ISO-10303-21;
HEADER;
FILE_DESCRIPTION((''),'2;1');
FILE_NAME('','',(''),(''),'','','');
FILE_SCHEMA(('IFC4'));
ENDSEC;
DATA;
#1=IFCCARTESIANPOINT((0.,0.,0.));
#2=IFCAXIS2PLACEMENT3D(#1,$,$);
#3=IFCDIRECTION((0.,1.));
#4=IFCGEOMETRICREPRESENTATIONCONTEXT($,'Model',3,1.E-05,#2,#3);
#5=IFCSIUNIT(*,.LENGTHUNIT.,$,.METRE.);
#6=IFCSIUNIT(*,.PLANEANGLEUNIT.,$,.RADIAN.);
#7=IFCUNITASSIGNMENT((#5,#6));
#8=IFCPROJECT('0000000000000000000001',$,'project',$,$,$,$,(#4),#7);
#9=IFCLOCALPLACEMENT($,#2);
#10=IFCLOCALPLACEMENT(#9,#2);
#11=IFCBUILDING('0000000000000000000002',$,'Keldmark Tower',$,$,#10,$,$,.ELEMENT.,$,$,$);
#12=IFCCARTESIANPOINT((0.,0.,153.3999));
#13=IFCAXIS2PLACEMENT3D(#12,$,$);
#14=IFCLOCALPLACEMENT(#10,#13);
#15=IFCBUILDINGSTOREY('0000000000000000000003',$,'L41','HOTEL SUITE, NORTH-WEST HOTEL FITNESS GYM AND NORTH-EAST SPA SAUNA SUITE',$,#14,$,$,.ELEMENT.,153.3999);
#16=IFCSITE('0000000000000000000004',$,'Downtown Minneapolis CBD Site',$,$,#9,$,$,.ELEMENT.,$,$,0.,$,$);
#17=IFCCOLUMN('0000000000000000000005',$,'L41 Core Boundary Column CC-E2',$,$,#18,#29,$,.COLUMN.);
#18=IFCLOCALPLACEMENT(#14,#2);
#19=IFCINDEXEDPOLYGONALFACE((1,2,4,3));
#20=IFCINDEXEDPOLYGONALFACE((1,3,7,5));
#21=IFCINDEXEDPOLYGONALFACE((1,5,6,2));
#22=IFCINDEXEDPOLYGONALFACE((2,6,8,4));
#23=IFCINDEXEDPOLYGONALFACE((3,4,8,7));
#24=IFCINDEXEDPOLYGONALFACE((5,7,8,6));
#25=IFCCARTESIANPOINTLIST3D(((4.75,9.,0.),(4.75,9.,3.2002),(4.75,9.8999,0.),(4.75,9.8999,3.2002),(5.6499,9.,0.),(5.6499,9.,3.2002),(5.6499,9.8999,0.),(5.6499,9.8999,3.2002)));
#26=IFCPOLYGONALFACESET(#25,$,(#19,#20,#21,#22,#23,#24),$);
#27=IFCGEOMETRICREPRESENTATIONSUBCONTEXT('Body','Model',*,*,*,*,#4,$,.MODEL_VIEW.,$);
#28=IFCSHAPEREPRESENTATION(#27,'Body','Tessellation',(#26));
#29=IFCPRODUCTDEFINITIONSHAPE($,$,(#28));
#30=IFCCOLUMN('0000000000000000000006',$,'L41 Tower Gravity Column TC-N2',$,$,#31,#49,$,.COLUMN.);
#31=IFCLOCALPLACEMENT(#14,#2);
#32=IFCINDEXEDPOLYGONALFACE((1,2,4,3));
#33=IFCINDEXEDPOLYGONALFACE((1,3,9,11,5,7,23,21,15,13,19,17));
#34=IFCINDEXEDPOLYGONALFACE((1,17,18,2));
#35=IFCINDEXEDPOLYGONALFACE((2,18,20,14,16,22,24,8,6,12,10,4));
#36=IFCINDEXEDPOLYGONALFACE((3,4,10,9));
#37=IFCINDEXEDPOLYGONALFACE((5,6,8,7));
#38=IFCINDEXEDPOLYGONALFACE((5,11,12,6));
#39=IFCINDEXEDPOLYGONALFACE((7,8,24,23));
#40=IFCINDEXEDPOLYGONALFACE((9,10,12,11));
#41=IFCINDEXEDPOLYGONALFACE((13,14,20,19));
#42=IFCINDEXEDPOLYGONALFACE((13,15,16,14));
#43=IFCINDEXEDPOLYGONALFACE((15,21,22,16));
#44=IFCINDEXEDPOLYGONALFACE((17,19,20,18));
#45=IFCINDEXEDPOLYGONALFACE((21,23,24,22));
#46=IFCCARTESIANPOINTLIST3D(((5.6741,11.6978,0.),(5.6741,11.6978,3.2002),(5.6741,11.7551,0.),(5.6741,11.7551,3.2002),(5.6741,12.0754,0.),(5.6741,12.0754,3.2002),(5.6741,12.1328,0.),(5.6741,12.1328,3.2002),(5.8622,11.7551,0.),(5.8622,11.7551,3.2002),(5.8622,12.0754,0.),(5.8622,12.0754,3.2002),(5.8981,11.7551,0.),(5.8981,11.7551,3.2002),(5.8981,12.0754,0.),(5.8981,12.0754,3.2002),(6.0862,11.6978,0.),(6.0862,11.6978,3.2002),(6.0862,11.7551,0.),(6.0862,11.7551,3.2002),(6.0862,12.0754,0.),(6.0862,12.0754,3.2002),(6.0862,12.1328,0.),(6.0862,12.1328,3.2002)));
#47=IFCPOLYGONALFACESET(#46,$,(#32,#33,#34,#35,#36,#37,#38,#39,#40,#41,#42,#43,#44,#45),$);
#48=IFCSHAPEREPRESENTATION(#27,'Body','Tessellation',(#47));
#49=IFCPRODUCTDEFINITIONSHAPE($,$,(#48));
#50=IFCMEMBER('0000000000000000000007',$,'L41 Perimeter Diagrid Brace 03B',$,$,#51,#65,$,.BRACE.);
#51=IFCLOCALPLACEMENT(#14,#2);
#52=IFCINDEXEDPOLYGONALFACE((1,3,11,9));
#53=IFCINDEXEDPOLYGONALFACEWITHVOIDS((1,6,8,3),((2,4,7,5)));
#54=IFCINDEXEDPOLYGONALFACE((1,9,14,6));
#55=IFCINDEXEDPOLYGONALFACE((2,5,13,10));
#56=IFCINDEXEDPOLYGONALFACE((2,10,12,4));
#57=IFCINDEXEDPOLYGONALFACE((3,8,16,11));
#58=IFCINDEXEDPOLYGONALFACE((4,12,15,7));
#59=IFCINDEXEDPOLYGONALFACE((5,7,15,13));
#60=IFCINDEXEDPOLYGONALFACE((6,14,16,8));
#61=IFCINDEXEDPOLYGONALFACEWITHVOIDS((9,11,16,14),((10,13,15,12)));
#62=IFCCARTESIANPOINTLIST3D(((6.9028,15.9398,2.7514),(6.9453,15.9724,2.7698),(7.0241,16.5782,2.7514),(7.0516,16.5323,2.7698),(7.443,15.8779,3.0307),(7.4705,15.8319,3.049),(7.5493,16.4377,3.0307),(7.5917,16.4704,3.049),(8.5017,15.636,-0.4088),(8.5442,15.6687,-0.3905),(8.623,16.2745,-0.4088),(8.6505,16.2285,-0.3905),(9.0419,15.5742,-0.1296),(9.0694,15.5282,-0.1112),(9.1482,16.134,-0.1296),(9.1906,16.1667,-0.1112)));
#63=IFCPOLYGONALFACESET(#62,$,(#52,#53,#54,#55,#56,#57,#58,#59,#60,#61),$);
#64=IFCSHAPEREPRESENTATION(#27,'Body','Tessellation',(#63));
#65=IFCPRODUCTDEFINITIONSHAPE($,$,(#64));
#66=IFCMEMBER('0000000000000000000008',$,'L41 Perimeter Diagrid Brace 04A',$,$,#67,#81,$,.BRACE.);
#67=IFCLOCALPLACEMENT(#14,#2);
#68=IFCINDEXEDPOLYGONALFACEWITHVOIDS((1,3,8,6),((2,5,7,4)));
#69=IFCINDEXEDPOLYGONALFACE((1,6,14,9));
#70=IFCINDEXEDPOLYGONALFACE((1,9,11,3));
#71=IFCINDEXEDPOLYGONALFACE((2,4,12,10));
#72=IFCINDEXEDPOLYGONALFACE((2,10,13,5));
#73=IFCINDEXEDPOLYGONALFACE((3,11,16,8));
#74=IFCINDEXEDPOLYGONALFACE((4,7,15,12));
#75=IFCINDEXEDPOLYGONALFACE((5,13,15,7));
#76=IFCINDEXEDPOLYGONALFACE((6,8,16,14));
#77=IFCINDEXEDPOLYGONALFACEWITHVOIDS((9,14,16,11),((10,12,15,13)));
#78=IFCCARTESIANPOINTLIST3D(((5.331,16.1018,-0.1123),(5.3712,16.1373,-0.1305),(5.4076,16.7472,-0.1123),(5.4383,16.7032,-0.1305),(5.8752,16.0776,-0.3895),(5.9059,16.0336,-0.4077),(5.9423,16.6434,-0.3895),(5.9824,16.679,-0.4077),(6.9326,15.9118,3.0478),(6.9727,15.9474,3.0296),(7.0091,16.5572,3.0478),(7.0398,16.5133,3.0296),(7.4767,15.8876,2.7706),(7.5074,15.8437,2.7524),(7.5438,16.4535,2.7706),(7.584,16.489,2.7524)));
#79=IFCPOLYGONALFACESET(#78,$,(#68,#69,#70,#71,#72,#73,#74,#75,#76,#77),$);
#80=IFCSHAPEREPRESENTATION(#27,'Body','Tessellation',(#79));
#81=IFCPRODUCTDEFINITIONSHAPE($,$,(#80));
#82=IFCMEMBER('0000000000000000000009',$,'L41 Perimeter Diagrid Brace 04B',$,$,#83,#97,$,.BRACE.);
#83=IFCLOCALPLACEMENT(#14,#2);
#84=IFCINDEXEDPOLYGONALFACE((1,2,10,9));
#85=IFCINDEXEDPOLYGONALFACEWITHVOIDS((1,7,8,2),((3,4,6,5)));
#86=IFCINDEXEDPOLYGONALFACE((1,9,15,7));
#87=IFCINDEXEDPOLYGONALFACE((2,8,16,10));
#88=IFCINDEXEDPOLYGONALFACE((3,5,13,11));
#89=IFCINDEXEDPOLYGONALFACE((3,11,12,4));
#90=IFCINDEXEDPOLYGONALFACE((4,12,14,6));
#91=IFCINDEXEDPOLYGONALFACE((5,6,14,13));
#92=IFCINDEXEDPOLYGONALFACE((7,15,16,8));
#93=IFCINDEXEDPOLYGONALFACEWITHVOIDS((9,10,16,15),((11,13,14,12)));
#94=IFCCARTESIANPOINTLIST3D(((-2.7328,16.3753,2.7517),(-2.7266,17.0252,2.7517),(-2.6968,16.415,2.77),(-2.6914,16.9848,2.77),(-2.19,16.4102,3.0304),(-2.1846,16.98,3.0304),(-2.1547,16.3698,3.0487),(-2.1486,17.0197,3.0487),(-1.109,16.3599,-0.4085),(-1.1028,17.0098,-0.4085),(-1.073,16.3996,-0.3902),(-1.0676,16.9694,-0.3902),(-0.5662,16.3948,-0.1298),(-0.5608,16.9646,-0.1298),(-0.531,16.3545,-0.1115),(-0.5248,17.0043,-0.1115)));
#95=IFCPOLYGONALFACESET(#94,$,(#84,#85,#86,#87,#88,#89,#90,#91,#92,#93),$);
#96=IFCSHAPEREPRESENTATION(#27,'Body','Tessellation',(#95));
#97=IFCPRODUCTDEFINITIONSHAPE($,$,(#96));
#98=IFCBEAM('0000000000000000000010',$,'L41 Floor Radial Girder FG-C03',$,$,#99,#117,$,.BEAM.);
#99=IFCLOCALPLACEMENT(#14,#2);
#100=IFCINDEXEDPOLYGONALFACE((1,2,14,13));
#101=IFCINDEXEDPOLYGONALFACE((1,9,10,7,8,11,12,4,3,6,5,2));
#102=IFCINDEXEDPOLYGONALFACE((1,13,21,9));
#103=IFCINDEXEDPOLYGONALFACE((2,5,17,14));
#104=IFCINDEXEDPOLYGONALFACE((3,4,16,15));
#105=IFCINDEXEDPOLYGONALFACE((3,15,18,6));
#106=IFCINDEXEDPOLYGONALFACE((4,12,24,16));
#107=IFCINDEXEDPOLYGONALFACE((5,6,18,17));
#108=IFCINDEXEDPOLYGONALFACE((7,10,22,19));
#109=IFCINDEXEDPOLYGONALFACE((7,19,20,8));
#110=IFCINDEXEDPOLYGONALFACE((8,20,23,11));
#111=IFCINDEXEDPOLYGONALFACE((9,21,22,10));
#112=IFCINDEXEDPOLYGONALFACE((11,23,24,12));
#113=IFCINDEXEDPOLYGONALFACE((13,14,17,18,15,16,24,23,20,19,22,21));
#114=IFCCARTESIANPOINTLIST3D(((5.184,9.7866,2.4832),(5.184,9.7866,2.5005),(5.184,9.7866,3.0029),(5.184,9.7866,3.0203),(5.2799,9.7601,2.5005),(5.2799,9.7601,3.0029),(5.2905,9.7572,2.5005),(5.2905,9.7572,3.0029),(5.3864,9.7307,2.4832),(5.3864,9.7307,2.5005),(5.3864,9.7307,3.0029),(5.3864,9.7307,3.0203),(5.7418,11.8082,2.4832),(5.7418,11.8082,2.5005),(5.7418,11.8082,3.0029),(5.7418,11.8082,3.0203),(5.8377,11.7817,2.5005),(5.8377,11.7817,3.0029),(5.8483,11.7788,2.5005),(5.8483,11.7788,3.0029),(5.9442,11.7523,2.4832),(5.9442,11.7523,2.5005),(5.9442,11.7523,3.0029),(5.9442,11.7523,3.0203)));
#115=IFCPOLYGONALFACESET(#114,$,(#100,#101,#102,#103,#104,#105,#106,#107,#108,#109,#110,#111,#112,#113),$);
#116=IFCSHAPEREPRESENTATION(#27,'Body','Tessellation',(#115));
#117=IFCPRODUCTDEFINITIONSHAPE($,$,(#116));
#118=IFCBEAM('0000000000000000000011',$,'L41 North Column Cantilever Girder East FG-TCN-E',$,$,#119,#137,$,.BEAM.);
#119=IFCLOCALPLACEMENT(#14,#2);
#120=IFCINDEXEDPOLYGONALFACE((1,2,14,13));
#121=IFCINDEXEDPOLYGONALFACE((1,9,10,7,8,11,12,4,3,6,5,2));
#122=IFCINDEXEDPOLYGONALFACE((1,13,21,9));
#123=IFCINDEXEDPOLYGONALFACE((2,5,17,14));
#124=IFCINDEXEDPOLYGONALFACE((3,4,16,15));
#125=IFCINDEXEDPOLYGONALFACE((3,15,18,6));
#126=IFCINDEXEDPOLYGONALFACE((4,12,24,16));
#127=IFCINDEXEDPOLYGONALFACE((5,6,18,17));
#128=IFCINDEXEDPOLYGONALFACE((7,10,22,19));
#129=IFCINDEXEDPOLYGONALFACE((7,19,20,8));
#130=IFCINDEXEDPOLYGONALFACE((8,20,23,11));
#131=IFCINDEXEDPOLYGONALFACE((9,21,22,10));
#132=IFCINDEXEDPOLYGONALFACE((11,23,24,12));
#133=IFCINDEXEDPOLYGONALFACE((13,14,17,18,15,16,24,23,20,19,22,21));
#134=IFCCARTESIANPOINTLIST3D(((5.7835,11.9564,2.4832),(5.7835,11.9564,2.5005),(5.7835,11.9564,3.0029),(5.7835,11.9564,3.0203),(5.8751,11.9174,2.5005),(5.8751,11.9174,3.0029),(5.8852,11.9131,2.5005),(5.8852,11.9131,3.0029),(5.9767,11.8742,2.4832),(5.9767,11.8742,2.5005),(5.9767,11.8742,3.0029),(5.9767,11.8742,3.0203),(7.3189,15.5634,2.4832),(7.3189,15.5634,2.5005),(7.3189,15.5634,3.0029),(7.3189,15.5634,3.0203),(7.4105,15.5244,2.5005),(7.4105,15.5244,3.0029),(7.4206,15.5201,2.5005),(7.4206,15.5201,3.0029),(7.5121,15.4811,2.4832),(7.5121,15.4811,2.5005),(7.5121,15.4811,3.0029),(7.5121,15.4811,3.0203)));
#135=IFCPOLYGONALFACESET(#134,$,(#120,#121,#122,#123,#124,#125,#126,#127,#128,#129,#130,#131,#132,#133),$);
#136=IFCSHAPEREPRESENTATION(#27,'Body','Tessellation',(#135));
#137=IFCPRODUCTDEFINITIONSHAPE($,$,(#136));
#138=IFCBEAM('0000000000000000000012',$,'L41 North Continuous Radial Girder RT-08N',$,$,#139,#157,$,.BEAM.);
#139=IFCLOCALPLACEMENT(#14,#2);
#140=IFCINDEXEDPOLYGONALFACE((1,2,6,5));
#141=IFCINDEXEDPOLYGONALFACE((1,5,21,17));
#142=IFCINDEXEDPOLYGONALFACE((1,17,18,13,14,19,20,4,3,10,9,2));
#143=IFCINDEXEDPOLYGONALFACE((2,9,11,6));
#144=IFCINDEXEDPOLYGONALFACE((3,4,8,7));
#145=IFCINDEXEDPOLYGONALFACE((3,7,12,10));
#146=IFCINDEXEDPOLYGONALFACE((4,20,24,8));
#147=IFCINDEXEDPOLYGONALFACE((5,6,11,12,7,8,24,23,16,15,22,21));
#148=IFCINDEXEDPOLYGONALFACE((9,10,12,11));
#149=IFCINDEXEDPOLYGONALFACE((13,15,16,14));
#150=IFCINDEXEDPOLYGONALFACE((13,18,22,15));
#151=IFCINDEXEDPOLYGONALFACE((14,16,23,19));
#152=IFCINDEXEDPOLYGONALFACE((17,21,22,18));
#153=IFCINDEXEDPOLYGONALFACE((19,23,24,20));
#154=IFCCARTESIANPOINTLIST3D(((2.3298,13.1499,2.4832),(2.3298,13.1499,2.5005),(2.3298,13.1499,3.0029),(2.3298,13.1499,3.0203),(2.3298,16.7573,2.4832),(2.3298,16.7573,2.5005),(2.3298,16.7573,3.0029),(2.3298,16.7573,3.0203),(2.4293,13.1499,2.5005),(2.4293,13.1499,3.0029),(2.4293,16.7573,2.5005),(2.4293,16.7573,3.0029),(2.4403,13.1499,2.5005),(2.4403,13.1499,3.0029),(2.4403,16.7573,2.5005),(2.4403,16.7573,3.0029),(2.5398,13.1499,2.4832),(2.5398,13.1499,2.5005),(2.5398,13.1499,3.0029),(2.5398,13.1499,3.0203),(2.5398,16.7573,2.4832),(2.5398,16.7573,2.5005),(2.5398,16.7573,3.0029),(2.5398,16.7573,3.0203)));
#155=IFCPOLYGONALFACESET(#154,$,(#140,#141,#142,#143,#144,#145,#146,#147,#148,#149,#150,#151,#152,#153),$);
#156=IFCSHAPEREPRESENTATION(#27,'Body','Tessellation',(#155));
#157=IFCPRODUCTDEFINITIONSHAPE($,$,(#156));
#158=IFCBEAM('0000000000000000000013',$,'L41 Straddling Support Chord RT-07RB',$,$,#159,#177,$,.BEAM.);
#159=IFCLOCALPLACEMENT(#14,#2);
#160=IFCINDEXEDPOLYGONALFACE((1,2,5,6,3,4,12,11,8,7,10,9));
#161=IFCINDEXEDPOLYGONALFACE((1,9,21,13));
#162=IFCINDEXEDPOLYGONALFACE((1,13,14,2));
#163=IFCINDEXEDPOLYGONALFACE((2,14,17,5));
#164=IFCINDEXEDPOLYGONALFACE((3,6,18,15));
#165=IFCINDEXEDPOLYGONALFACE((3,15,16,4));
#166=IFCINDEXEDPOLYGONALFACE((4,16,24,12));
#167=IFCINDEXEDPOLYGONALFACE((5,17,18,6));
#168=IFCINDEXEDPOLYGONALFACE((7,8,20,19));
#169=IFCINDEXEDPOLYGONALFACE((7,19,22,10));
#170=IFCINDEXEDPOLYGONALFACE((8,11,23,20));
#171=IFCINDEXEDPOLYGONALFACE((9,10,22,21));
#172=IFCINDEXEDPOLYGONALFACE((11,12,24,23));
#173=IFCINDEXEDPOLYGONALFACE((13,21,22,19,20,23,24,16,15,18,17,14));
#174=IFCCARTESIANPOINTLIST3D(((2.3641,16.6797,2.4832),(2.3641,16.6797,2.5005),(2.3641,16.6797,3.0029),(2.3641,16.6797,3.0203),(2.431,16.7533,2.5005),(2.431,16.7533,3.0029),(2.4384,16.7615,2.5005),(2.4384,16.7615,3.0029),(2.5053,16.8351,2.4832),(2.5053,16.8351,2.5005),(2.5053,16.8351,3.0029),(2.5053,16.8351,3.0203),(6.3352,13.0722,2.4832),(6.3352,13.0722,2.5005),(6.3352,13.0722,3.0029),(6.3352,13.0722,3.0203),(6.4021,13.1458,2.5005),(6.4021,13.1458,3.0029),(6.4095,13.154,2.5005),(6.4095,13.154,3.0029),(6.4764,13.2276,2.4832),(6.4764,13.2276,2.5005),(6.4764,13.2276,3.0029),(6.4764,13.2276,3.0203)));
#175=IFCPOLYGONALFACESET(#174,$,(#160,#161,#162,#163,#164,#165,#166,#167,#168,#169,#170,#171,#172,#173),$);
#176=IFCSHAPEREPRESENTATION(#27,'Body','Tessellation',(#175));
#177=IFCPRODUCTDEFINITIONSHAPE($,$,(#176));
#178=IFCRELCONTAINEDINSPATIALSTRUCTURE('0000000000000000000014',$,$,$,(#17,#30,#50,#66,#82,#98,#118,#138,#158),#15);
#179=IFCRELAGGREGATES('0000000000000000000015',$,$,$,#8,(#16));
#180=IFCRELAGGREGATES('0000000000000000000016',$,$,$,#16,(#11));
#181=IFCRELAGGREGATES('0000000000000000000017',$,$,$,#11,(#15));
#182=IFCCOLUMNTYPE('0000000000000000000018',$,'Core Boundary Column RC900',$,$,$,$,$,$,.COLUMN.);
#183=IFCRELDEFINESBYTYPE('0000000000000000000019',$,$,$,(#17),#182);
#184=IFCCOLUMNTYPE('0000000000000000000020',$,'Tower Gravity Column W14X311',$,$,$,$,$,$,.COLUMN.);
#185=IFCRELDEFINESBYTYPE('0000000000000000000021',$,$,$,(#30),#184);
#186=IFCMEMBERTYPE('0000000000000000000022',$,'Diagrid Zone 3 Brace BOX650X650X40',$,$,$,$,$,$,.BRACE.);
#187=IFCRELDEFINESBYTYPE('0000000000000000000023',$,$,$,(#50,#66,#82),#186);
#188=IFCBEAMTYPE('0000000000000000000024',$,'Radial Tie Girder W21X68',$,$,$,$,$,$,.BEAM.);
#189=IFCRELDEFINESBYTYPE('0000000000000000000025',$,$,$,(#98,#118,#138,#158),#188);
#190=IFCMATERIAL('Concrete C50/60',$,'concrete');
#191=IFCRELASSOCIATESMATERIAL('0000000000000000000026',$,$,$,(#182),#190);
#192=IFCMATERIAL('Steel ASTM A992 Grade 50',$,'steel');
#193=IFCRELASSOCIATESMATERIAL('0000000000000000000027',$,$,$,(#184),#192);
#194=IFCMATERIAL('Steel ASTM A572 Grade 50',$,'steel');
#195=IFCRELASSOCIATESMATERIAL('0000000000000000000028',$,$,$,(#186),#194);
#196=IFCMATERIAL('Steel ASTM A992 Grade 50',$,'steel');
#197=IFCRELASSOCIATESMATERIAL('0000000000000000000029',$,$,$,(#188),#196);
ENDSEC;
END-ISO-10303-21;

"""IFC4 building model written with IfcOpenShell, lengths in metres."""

from ifc_helpers import new_model, si_unit, direction, frame, origin, origin_2d, place, context, subcontext, project, spatial, rectangle, hollow_rectangle, i_section, extrude, material, material_profile, profile_set, type_object, element, save


model = new_model("IFC4")

# Units and contexts
model_context = context("Model", 3, precision=1e-05, world=origin(), true_north=direction((0.0, 1.0)))
body_context = subcontext(model_context, "Body", "Model", "MODEL_VIEW")
ifc_project = project(units=[si_unit("LENGTHUNIT", "METRE"), si_unit("PLANEANGLEUNIT", "RADIAN")], contexts=[model_context])

# Site, building, storey
site_placement = place(None, origin())
site = spatial("IfcSite", under=ifc_project, at=site_placement, Name="Downtown Minneapolis CBD Site", CompositionType="ELEMENT", RefElevation=0.0)
building_placement = place(site_placement, origin())
building = spatial("IfcBuilding", under=site, at=building_placement, Name="Keldmark Tower", CompositionType="ELEMENT")
storey_placement = place(building_placement, frame((0.0, 0.0, 153.3999)))
storey = spatial("IfcBuildingStorey", under=building, at=storey_placement, Name="L41", Description="HOTEL SUITE, NORTH-WEST HOTEL FITNESS GYM AND NORTH-EAST SPA SAUNA SUITE", CompositionType="ELEMENT", Elevation=153.3999)

# Columns
ifc_material_1 = material(Name="Concrete C50/60", Category="concrete")
ifc_material_profile_1 = material_profile(ifc_material_1, rectangle(XDim=0.8999, YDim=0.8999, at=origin_2d()), Name="RC900X900")
ifc_profile_set_1 = profile_set([ifc_material_profile_1], Name="Concrete C50/60")
column_type_1 = type_object("IfcColumnType", Name="Core Boundary Column RC900", PredefinedType="COLUMN", material=ifc_profile_set_1)
column_1_placement = place(storey_placement, frame((5.2, 9.45, 0.0), z_axis=(0.0, 0.0, 1.0), x_axis=(1.0, 0.0, 0.0)))
element("IfcColumn", 1, at=column_1_placement, inside=storey, type_object=column_type_1, Name="L41 Core Boundary Column CC-E2", PredefinedType="COLUMN", context=body_context, shape_type="SweptSolid", body=[
    extrude(rectangle(XDim=0.8999, YDim=0.8999, at=origin_2d()), origin(), (0.0, 0.0, 1.0), 3.2002),
])
ifc_material_2 = material(Name="Steel ASTM A992 Grade 50", Category="steel")
ifc_material_profile_2 = material_profile(ifc_material_2, i_section(OverallWidth=0.4121, OverallDepth=0.4351, WebThickness=0.0359, FlangeThickness=0.0574, at=origin_2d()), Name="W14X311")
ifc_profile_set_2 = profile_set([ifc_material_profile_2], Name="Steel ASTM A992 Grade 50")
column_type_2 = type_object("IfcColumnType", Name="Tower Gravity Column W14X311", PredefinedType="COLUMN", material=ifc_profile_set_2)
column_2_placement = place(storey_placement, frame((5.8801, 11.9153, 0.0), z_axis=(0.0, 0.0, 1.0), x_axis=(1.0, 0.0, 0.0)))
element("IfcColumn", 2, at=column_2_placement, inside=storey, type_object=column_type_2, Name="L41 Tower Gravity Column TC-N2", PredefinedType="COLUMN", context=body_context, shape_type="SweptSolid", body=[
    extrude(i_section(OverallWidth=0.4121, OverallDepth=0.4351, WebThickness=0.0359, FlangeThickness=0.0574, at=origin_2d()), origin(), (0.0, 0.0, 1.0), 3.2002),
])

# Members
ifc_material_3 = material(Name="Steel ASTM A572 Grade 50", Category="steel")
ifc_material_profile_3 = material_profile(ifc_material_3, hollow_rectangle(XDim=0.6499, YDim=0.6499, WallThickness=0.04, at=origin_2d()), Name="BOX650X650X40")
ifc_profile_set_3 = profile_set([ifc_material_profile_3], Name="Steel ASTM A572 Grade 50")
member_type = type_object("IfcMemberType", Name="Diagrid Zone 3 Brace BOX650X650X40", PredefinedType="BRACE", material=ifc_profile_set_3)
member_1_placement = place(storey_placement, frame((8.8462, 15.9014, -0.26), z_axis=(-0.449804, 0.085441, 0.889031), x_axis=(-0.186616, -0.982433, 0.0)))
element("IfcMember", 3, at=member_1_placement, inside=storey, type_object=member_type, Name="L41 Perimeter Diagrid Brace 03B", PredefinedType="BRACE", context=body_context, shape_type="SweptSolid", body=[
    extrude(hollow_rectangle(XDim=0.6499, YDim=0.6499, WallThickness=0.04, at=origin_2d()), origin(), (0.0, 0.0, 1.0), 3.5547),
])
member_2_placement = place(storey_placement, frame((5.6567, 16.3904, -0.26), z_axis=(0.45141, -0.053536, 0.890709), x_axis=(0.117772, 0.993041, 0.0)))
element("IfcMember", 4, at=member_2_placement, inside=storey, type_object=member_type, Name="L41 Perimeter Diagrid Brace 04A", PredefinedType="BRACE", context=body_context, shape_type="SweptSolid", body=[
    extrude(hollow_rectangle(XDim=0.6499, YDim=0.6499, WallThickness=0.04, at=origin_2d()), origin(), (0.0, 0.0, 1.0), 3.5479),
])
member_3_placement = place(storey_placement, frame((-0.8169, 16.6821, -0.26), z_axis=(-0.457022, 0.004329, 0.889445), x_axis=(-0.009472, -0.999955, 0.0)))
element("IfcMember", 5, at=member_3_placement, inside=storey, type_object=member_type, Name="L41 Perimeter Diagrid Brace 04B", PredefinedType="BRACE", context=body_context, shape_type="SweptSolid", body=[
    extrude(hollow_rectangle(XDim=0.6499, YDim=0.6499, WallThickness=0.04, at=origin_2d()), origin(), (0.0, 0.0, 1.0), 3.553),
])

# Beams
ifc_material_4 = material(Name="Steel ASTM A992 Grade 50", Category="steel")
ifc_material_profile_4 = material_profile(ifc_material_4, i_section(OverallWidth=0.21, OverallDepth=0.5371, WebThickness=0.011, FlangeThickness=0.0173, at=origin_2d()), Name="W21X68")
ifc_profile_set_4 = profile_set([ifc_material_profile_4], Name="Steel ASTM A992 Grade 50")
beam_type_1 = type_object("IfcBeamType", Name="Radial Tie Girder W21X68", PredefinedType="BEAM", material=ifc_profile_set_4)
beam_1_placement = place(storey_placement, frame((5.843, 11.7803, 2.7517), z_axis=(-0.265992, -0.963975, 0.0), x_axis=(0.963975, -0.265992, 0.0)))
element("IfcBeam", 6, at=beam_1_placement, inside=storey, type_object=beam_type_1, Name="L41 Floor Radial Girder FG-C03", PredefinedType="BEAM", context=body_context, shape_type="SweptSolid", body=[
    extrude(i_section(OverallWidth=0.21, OverallDepth=0.5371, WebThickness=0.011, FlangeThickness=0.0173, at=origin_2d()), origin(), (0.0, 0.0, 1.0), 2.0972),
])
beam_2_placement = place(storey_placement, frame((5.8801, 11.9153, 2.7517), z_axis=(0.391671, 0.920105, 0.0), x_axis=(-0.920105, 0.391671, 0.0)))
element("IfcBeam", 7, at=beam_2_placement, inside=storey, type_object=beam_type_1, Name="L41 North Column Cantilever Girder East FG-TCN-E", PredefinedType="BEAM", context=body_context, shape_type="SweptSolid", body=[
    extrude(i_section(OverallWidth=0.21, OverallDepth=0.5371, WebThickness=0.011, FlangeThickness=0.0173, at=origin_2d()), origin(), (0.0, 0.0, 1.0), 3.9202),
])
beam_3_placement = place(storey_placement, frame((2.4348, 13.1499, 2.7517), z_axis=(0.0, 1.0, 0.0), x_axis=(-1.0, 0.0, 0.0)))
element("IfcBeam", 8, at=beam_3_placement, inside=storey, type_object=beam_type_1, Name="L41 North Continuous Radial Girder RT-08N", PredefinedType="BEAM", context=body_context, shape_type="SweptSolid", body=[
    extrude(i_section(OverallWidth=0.21, OverallDepth=0.5371, WebThickness=0.011, FlangeThickness=0.0173, at=origin_2d()), origin(), (0.0, 0.0, 1.0), 3.6074),
])
beam_4_placement = place(storey_placement, frame((6.4058, 13.1499, 2.7517), z_axis=(-0.740175, 0.672415, 0.0), x_axis=(-0.672415, -0.740175, 0.0)))
element("IfcBeam", 9, at=beam_4_placement, inside=storey, type_object=beam_type_1, Name="L41 Straddling Support Chord RT-07RB", PredefinedType="BEAM", context=body_context, shape_type="SweptSolid", body=[
    extrude(i_section(OverallWidth=0.21, OverallDepth=0.5371, WebThickness=0.011, FlangeThickness=0.0173, at=origin_2d()), origin(), (0.0, 0.0, 1.0), 5.365),
])

save(model, "model.ifc")
